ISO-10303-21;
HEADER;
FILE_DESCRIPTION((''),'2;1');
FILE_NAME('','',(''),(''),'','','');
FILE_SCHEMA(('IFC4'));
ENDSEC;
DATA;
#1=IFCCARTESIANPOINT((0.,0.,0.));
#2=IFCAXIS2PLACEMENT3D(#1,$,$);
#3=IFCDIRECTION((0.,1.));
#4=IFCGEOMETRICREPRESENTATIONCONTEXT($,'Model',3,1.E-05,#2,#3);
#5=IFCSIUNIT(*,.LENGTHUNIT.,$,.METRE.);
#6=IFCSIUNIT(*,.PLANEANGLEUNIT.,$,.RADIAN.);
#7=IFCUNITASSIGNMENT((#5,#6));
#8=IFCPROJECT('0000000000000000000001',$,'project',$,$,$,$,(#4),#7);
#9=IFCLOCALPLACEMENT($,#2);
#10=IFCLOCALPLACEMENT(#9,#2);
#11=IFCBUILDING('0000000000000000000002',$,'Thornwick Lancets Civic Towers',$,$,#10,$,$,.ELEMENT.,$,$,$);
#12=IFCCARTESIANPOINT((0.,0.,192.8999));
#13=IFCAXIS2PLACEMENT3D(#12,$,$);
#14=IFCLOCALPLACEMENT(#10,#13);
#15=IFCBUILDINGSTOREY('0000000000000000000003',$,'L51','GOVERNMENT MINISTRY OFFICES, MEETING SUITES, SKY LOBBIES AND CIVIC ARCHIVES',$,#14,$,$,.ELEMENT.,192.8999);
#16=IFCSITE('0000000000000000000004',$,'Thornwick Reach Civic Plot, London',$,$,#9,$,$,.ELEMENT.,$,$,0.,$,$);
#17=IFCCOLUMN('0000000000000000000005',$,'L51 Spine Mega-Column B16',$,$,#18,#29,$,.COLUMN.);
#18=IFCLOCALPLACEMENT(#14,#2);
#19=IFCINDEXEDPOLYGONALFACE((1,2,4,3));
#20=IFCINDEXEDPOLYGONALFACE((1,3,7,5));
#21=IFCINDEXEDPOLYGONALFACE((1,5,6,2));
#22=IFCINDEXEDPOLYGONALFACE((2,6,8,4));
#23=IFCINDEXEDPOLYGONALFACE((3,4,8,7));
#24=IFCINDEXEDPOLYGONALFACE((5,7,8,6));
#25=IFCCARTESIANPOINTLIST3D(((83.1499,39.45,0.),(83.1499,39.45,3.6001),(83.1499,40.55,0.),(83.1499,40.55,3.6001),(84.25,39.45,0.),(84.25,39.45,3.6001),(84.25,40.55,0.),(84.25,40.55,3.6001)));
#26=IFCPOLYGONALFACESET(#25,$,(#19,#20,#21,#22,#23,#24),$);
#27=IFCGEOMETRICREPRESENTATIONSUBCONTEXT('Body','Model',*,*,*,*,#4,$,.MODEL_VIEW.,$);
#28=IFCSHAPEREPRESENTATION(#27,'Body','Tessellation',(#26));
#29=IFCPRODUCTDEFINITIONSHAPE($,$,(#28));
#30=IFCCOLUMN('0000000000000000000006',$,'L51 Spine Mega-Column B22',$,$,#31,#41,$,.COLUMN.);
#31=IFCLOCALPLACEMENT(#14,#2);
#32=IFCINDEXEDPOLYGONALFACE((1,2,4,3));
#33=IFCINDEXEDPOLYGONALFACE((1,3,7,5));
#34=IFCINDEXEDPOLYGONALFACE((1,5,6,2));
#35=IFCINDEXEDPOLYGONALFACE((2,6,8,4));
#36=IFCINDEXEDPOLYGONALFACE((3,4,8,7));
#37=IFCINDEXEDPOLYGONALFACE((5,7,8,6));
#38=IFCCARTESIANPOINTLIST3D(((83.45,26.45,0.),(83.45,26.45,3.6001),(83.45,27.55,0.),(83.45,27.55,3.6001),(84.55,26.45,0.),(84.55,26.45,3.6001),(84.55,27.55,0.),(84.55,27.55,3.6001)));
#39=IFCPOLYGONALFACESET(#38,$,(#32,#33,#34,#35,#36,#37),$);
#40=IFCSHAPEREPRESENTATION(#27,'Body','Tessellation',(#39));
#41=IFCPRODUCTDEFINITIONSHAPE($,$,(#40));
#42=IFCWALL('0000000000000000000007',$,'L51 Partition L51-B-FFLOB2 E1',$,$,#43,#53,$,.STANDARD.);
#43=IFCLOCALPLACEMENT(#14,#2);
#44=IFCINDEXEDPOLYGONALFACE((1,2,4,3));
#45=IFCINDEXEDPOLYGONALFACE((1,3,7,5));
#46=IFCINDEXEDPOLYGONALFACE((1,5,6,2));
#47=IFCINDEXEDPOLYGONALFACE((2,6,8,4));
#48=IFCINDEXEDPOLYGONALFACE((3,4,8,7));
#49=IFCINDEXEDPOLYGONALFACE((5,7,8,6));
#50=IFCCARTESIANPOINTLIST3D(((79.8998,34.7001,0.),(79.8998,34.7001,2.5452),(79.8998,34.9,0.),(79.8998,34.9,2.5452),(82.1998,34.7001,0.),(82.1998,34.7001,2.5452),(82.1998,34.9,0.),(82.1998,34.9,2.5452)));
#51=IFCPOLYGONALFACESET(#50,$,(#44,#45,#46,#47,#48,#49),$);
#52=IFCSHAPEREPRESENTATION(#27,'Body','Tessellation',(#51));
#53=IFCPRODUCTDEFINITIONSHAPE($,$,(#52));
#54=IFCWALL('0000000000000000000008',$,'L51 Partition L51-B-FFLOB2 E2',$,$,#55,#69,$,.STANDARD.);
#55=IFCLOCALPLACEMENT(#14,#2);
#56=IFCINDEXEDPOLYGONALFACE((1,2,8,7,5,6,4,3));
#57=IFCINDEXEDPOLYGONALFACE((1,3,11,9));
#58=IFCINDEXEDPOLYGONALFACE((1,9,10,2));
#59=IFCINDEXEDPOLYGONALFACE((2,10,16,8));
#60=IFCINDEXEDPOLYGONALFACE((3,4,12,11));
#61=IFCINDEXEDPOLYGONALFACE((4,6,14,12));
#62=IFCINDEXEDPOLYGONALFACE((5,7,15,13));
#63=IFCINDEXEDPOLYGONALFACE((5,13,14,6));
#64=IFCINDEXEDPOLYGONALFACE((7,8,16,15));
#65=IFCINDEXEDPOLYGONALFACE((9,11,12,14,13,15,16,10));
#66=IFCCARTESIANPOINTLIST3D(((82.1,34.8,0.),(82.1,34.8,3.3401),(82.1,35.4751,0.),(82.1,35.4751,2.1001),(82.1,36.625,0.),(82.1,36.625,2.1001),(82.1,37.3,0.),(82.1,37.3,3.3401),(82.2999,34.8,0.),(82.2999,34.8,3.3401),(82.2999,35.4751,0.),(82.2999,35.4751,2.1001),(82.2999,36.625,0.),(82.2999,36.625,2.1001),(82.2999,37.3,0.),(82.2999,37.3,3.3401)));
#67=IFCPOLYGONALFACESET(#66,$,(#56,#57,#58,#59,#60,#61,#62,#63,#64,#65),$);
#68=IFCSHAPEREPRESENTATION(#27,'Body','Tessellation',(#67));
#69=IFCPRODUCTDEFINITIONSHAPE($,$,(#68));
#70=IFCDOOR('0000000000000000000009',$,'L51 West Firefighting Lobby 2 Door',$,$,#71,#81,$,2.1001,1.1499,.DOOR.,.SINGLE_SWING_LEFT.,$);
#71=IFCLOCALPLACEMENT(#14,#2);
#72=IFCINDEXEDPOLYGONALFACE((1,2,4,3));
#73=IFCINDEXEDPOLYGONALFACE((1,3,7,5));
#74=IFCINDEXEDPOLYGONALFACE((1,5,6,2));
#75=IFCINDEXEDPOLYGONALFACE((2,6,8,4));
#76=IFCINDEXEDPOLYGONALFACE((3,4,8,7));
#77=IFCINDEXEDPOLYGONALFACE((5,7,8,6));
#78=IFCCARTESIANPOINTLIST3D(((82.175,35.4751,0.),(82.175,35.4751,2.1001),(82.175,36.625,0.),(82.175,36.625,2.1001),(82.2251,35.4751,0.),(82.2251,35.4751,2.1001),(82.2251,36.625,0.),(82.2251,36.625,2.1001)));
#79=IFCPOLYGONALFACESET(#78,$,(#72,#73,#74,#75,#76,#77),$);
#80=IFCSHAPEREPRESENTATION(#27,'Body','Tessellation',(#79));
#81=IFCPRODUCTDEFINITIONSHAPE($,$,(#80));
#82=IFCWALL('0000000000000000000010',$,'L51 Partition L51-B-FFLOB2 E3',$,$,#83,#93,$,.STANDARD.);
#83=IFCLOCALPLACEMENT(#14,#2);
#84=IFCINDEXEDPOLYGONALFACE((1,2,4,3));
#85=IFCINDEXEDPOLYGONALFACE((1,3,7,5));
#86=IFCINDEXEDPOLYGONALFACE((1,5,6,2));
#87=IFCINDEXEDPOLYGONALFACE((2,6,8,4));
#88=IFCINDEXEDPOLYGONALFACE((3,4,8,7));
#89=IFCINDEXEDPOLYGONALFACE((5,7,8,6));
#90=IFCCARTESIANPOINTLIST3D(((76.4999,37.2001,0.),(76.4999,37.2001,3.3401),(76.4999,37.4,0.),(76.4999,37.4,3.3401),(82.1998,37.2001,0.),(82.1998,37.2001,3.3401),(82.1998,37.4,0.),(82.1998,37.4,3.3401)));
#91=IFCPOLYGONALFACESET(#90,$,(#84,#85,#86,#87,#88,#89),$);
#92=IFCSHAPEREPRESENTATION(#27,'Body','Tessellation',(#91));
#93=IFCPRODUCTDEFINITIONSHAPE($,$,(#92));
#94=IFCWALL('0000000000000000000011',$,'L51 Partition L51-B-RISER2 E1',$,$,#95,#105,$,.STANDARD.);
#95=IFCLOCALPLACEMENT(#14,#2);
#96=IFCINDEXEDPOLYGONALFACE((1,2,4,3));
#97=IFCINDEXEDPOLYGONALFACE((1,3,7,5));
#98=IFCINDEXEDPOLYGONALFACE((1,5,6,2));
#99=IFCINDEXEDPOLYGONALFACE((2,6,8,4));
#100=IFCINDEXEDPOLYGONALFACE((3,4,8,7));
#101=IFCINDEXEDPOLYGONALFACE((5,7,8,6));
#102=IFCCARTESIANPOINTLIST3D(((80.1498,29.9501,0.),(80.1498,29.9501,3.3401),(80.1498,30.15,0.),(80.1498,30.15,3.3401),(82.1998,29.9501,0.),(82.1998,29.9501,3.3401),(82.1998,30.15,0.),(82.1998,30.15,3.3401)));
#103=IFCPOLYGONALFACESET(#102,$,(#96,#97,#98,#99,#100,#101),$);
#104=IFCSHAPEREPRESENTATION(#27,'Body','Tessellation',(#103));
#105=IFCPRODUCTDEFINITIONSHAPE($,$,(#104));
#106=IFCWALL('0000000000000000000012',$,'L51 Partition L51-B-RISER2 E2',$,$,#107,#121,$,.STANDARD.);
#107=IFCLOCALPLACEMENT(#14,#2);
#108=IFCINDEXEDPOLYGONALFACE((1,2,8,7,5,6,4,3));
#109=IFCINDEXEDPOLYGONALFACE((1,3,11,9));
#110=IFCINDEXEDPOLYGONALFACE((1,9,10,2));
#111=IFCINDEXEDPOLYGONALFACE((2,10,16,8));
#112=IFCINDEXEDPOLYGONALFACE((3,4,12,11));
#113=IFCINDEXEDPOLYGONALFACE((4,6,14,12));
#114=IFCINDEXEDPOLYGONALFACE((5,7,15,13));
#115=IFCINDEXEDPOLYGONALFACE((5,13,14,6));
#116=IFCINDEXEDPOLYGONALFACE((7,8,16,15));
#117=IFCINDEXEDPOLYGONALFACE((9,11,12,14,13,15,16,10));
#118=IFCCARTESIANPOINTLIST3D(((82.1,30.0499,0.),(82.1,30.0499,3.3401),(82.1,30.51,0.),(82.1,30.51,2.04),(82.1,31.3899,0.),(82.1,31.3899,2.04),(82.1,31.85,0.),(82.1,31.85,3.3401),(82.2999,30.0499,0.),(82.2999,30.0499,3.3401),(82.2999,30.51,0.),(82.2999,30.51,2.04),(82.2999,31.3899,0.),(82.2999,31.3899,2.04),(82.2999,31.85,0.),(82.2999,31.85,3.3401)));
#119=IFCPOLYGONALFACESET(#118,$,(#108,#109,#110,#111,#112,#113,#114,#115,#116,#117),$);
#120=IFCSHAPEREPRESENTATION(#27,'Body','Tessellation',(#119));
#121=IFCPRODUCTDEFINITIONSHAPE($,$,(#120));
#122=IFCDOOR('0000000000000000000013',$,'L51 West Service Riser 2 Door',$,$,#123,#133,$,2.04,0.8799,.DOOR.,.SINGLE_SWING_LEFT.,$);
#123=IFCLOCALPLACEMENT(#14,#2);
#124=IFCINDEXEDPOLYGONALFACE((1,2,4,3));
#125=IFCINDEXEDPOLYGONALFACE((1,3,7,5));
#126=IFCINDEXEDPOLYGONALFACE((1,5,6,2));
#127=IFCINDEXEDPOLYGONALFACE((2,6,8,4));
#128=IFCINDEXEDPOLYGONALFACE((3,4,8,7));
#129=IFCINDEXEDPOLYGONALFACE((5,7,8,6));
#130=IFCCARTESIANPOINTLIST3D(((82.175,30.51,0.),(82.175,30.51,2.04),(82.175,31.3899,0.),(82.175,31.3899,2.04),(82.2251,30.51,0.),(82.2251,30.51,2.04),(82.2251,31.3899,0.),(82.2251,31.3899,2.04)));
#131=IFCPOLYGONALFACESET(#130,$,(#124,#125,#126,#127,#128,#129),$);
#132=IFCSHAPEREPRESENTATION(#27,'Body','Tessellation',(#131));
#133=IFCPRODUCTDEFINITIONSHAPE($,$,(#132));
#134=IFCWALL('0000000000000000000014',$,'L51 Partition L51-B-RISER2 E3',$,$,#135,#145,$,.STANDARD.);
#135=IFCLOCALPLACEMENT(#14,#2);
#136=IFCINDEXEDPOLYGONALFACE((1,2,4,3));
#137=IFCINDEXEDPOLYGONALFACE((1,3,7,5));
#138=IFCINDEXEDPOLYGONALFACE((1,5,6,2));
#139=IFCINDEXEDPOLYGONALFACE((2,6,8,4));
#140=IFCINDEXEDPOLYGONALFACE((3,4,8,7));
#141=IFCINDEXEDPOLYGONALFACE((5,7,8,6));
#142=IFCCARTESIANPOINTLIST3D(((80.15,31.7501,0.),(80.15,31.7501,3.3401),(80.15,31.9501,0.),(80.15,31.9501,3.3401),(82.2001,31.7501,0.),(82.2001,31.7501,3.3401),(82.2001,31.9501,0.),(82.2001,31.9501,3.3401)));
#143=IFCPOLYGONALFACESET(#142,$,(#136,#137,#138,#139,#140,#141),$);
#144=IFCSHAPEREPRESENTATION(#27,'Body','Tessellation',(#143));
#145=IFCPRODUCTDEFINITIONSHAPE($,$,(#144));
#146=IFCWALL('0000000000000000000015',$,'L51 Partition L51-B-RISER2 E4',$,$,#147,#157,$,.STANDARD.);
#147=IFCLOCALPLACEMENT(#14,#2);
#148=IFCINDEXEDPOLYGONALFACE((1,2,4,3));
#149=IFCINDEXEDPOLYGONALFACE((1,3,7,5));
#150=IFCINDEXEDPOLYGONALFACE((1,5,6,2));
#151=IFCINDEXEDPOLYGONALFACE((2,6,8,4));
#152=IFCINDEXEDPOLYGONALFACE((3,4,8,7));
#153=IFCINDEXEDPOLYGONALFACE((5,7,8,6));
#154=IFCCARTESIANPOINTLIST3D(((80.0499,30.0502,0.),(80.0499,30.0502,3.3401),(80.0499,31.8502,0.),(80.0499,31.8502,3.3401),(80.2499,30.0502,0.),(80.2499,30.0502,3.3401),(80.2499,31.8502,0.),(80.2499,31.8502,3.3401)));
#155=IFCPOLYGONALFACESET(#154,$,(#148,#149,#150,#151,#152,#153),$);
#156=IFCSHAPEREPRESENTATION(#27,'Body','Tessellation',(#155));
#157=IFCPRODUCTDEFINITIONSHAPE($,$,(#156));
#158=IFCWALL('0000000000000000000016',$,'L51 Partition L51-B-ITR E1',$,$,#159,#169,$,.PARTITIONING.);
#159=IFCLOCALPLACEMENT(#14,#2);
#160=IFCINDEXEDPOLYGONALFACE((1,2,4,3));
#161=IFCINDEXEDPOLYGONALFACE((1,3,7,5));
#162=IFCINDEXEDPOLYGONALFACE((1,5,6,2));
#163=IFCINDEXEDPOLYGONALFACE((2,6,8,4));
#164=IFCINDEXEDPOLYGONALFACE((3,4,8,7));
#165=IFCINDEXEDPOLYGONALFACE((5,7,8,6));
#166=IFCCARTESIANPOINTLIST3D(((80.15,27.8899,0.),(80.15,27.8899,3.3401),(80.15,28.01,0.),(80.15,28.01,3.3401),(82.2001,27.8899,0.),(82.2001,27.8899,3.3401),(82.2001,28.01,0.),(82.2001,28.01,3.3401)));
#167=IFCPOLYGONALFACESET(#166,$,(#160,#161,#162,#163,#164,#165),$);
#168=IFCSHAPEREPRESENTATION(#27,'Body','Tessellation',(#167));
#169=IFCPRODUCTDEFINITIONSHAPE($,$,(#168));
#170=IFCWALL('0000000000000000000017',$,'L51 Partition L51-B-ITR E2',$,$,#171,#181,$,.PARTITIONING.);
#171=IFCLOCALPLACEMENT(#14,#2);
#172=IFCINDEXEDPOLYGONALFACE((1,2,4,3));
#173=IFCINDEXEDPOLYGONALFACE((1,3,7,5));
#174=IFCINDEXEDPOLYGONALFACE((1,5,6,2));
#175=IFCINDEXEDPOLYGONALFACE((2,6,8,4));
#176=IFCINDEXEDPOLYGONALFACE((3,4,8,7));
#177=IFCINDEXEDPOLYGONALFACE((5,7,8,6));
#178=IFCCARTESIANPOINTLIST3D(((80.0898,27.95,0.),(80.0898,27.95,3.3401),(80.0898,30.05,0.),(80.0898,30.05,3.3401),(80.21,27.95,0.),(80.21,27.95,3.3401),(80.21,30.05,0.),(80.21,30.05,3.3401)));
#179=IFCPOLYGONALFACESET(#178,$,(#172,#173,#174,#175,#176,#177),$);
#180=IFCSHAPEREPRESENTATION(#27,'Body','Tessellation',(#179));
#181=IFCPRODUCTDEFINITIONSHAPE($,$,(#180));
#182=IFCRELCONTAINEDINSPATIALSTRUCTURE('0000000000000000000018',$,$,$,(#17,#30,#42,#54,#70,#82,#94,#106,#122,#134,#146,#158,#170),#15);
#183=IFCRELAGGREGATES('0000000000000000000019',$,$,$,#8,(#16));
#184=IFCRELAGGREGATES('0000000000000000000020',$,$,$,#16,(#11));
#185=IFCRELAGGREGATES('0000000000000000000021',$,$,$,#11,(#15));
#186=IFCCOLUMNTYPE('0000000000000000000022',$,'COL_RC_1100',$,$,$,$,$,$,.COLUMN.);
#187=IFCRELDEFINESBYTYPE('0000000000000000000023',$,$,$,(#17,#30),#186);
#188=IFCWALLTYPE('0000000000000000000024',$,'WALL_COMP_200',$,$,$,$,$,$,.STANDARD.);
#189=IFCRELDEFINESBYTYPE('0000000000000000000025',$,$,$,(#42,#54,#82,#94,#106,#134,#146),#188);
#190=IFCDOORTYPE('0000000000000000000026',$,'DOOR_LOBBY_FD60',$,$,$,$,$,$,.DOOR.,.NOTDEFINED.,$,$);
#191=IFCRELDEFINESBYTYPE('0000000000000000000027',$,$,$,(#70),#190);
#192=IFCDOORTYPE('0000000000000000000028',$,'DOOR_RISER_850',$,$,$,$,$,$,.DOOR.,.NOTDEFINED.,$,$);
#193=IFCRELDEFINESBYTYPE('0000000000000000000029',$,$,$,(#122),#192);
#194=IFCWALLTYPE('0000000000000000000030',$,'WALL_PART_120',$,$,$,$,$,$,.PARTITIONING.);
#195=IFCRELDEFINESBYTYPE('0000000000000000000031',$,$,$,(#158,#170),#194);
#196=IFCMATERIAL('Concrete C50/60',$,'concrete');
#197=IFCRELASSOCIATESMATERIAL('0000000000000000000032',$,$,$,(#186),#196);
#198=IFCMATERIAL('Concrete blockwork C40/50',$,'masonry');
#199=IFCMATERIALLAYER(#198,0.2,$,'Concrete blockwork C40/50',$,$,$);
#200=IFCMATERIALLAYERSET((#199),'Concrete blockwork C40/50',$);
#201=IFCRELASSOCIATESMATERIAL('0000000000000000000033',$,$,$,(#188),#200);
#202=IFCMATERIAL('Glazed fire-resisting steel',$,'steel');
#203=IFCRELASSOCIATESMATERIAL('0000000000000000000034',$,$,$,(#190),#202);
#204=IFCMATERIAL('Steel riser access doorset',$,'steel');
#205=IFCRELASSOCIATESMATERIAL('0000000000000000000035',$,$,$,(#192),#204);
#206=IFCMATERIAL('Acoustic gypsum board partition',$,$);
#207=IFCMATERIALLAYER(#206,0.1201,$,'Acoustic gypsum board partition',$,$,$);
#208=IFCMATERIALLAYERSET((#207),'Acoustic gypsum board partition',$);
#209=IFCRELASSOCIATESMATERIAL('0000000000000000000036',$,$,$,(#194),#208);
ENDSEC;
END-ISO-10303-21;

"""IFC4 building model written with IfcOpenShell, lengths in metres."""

from ifc_helpers import new_model, si_unit, direction, frame, frame_2d, origin, origin_2d, place, context, subcontext, project, spatial, rectangle, extrude, material, layer, layer_set, material_profile, profile_set, type_object, element, fill, save


model = new_model("IFC4")

# Units and contexts
model_context = context("Model", 3, precision=1e-05, world=origin(), true_north=direction((0.0, 1.0)))
body_context = subcontext(model_context, "Body", "Model", "MODEL_VIEW")
ifc_project = project(units=[si_unit("LENGTHUNIT", "METRE"), si_unit("PLANEANGLEUNIT", "RADIAN")], contexts=[model_context])

# Site, building, storey
site_placement = place(None, origin())
site = spatial("IfcSite", under=ifc_project, at=site_placement, Name="Thornwick Reach Civic Plot, London", CompositionType="ELEMENT", RefElevation=0.0)
building_placement = place(site_placement, origin())
building = spatial("IfcBuilding", under=site, at=building_placement, Name="Thornwick Lancets Civic Towers", CompositionType="ELEMENT")
storey_placement = place(building_placement, frame((0.0, 0.0, 192.8999)))
storey = spatial("IfcBuildingStorey", under=building, at=storey_placement, Name="L51", Description="GOVERNMENT MINISTRY OFFICES, MEETING SUITES, SKY LOBBIES AND CIVIC ARCHIVES", CompositionType="ELEMENT", Elevation=192.8999)

# Columns
ifc_material_1 = material(Name="Concrete C50/60", Category="concrete")
ifc_material_profile = material_profile(ifc_material_1, rectangle(XDim=1.1001, YDim=1.1001, at=origin_2d()), Name="RC 1100x1100")
ifc_profile_set = profile_set([ifc_material_profile], Name="Concrete C50/60")
column_type = type_object("IfcColumnType", Name="COL_RC_1100", PredefinedType="COLUMN", material=ifc_profile_set)
for number, where, z_axis, x_axis, name in (
    (1, (83.7, 40.0, 0.0), (0.0, 0.0, 1.0), (1.0, 0.0, 0.0), "L51 Spine Mega-Column B16"),
    (2, (84.0, 27.0, 0.0), (0.0, 0.0, 1.0), (1.0, 0.0, 0.0), "L51 Spine Mega-Column B22"),
):
    element("IfcColumn", number, at=place(storey_placement, frame(where, z_axis=z_axis, x_axis=x_axis)), inside=storey, type_object=column_type, Name=name, PredefinedType="COLUMN", context=body_context, shape_type="SweptSolid", body=[
        extrude(rectangle(XDim=1.1001, YDim=1.1001, at=origin_2d()), origin(), (0.0, 0.0, 1.0), 3.6001),
    ])

# Wall
ifc_material_2 = material(Name="Concrete blockwork C40/50", Category="masonry")
ifc_layer_1 = layer(ifc_material_2, 0.2, Name="Concrete blockwork C40/50")
ifc_layer_set_1 = layer_set([ifc_layer_1], Name="Concrete blockwork C40/50")
wall_type_1 = type_object("IfcWallType", Name="WALL_COMP_200", PredefinedType="STANDARD", material=ifc_layer_set_1)
wall_1_placement = place(storey_placement, frame((79.8999, 34.8, 0.0), z_axis=(0.0, 0.0, 1.0), x_axis=(1.0, 0.0, 0.0)))
element("IfcWall", 3, at=wall_1_placement, inside=storey, type_object=wall_type_1, Name="L51 Partition L51-B-FFLOB2 E1", PredefinedType="STANDARD", context=body_context, shape_type="SweptSolid", body=[
    extrude(rectangle(XDim=2.3, YDim=0.2, at=frame_2d((1.1499, 0.0))), origin(), (0.0, 0.0, 1.0), 2.5452),
])

# Wall, opening, door
wall_2_placement = place(storey_placement, frame((82.2, 34.8, 0.0), z_axis=(0.0, 0.0, 1.0), x_axis=(0.0, 1.0, 0.0)))
wall_2 = element("IfcWall", 4, at=wall_2_placement, inside=storey, type_object=wall_type_1, Name="L51 Partition L51-B-FFLOB2 E2", PredefinedType="STANDARD", context=body_context, shape_type="SweptSolid", body=[
    extrude(rectangle(XDim=2.5, YDim=0.2, at=frame_2d((1.25, 0.0))), origin(), (0.0, 0.0, 1.0), 3.3401),
])
opening_1_placement = place(wall_2_placement, frame((0.675, 0.0, 0.0)))
opening_1 = element("IfcOpeningElement", 5, at=opening_1_placement, cuts=wall_2, PredefinedType="OPENING", context=body_context, shape_type="SweptSolid", body=[
    extrude(rectangle(XDim=1.1499, YDim=2.1001, at=frame_2d((0.575, 1.05))), frame((0.0, 0.1099, 0.0), z_axis=(0.0, -1.0, 0.0), x_axis=(1.0, 0.0, 0.0)), (0.0, 0.0, 1.0), 0.22),
])
ifc_material_3 = material(Name="Glazed fire-resisting steel", Category="steel")
door_type_1 = type_object("IfcDoorType", Name="DOOR_LOBBY_FD60", OperationType="NOTDEFINED", PredefinedType="DOOR", material=ifc_material_3)
door_1_placement = place(opening_1_placement, origin())
door_1 = element("IfcDoor", 6, at=door_1_placement, inside=storey, type_object=door_type_1, Name="L51 West Firefighting Lobby 2 Door", OperationType="SINGLE_SWING_LEFT", OverallHeight=2.1001, OverallWidth=1.1499, PredefinedType="DOOR", context=body_context, shape_type="SweptSolid", body=[
    extrude(rectangle(XDim=1.1499, YDim=2.1001, at=frame_2d((0.575, 1.05))), frame((0.0, 0.0249, 0.0), z_axis=(0.0, -1.0, 0.0), x_axis=(1.0, 0.0, 0.0)), (0.0, 0.0, 1.0), 0.05),
])
fill(opening_1, door_1)

# Walls
wall_3_placement = place(storey_placement, frame((82.2, 37.3, 0.0), z_axis=(0.0, 0.0, 1.0), x_axis=(-1.0, 0.0, 0.0)))
element("IfcWall", 7, at=wall_3_placement, inside=storey, type_object=wall_type_1, Name="L51 Partition L51-B-FFLOB2 E3", PredefinedType="STANDARD", context=body_context, shape_type="SweptSolid", body=[
    extrude(rectangle(XDim=5.7, YDim=0.2, at=frame_2d((2.8501, 0.0))), origin(), (0.0, 0.0, 1.0), 3.3401),
])
wall_4_placement = place(storey_placement, frame((80.1499, 30.05, 0.0), z_axis=(0.0, 0.0, 1.0), x_axis=(1.0, 0.0, 0.0)))
element("IfcWall", 8, at=wall_4_placement, inside=storey, type_object=wall_type_1, Name="L51 Partition L51-B-RISER2 E1", PredefinedType="STANDARD", context=body_context, shape_type="SweptSolid", body=[
    extrude(rectangle(XDim=2.05, YDim=0.2, at=frame_2d((1.0249, 0.0))), origin(), (0.0, 0.0, 1.0), 3.3401),
])

# Wall, opening, door
wall_5_placement = place(storey_placement, frame((82.2, 30.05, 0.0), z_axis=(0.0, 0.0, 1.0), x_axis=(0.0, 1.0, 0.0)))
wall_5 = element("IfcWall", 9, at=wall_5_placement, inside=storey, type_object=wall_type_1, Name="L51 Partition L51-B-RISER2 E2", PredefinedType="STANDARD", context=body_context, shape_type="SweptSolid", body=[
    extrude(rectangle(XDim=1.8, YDim=0.2, at=frame_2d((0.8999, 0.0))), origin(), (0.0, 0.0, 1.0), 3.3401),
])
opening_2_placement = place(wall_5_placement, frame((0.46, 0.0, 0.0)))
opening_2 = element("IfcOpeningElement", 10, at=opening_2_placement, cuts=wall_5, PredefinedType="OPENING", context=body_context, shape_type="SweptSolid", body=[
    extrude(rectangle(XDim=0.8799, YDim=2.04, at=frame_2d((0.4399, 1.02))), frame((0.0, 0.1099, 0.0), z_axis=(0.0, -1.0, 0.0), x_axis=(1.0, 0.0, 0.0)), (0.0, 0.0, 1.0), 0.22),
])
ifc_material_4 = material(Name="Steel riser access doorset", Category="steel")
door_type_2 = type_object("IfcDoorType", Name="DOOR_RISER_850", OperationType="NOTDEFINED", PredefinedType="DOOR", material=ifc_material_4)
door_2_placement = place(opening_2_placement, origin())
door_2 = element("IfcDoor", 11, at=door_2_placement, inside=storey, type_object=door_type_2, Name="L51 West Service Riser 2 Door", OperationType="SINGLE_SWING_LEFT", OverallHeight=2.04, OverallWidth=0.8799, PredefinedType="DOOR", context=body_context, shape_type="SweptSolid", body=[
    extrude(rectangle(XDim=0.8799, YDim=2.04, at=frame_2d((0.4399, 1.02))), frame((0.0, 0.0249, 0.0), z_axis=(0.0, -1.0, 0.0), x_axis=(1.0, 0.0, 0.0)), (0.0, 0.0, 1.0), 0.05),
])
fill(opening_2, door_2)

# Walls
wall_6_placement = place(storey_placement, frame((82.2, 31.8501, 0.0), z_axis=(0.0, 0.0, 1.0), x_axis=(-1.0, 0.0, 0.0)))
element("IfcWall", 12, at=wall_6_placement, inside=storey, type_object=wall_type_1, Name="L51 Partition L51-B-RISER2 E3", PredefinedType="STANDARD", context=body_context, shape_type="SweptSolid", body=[
    extrude(rectangle(XDim=2.05, YDim=0.2, at=frame_2d((1.0249, 0.0))), origin(), (0.0, 0.0, 1.0), 3.3401),
])
wall_7_placement = place(storey_placement, frame((80.1499, 31.8501, 0.0), z_axis=(0.0, 0.0, 1.0), x_axis=(0.0, -1.0, 0.0)))
element("IfcWall", 13, at=wall_7_placement, inside=storey, type_object=wall_type_1, Name="L51 Partition L51-B-RISER2 E4", PredefinedType="STANDARD", context=body_context, shape_type="SweptSolid", body=[
    extrude(rectangle(XDim=1.8, YDim=0.2, at=frame_2d((0.8999, 0.0))), origin(), (0.0, 0.0, 1.0), 3.3401),
])
ifc_material_5 = material(Name="Acoustic gypsum board partition")
ifc_layer_2 = layer(ifc_material_5, 0.1201, Name="Acoustic gypsum board partition")
ifc_layer_set_2 = layer_set([ifc_layer_2], Name="Acoustic gypsum board partition")
wall_type_2 = type_object("IfcWallType", Name="WALL_PART_120", PredefinedType="PARTITIONING", material=ifc_layer_set_2)
wall_8_placement = place(storey_placement, frame((82.2, 27.95, 0.0), z_axis=(0.0, 0.0, 1.0), x_axis=(-1.0, 0.0, 0.0)))
element("IfcWall", 14, at=wall_8_placement, inside=storey, type_object=wall_type_2, Name="L51 Partition L51-B-ITR E1", PredefinedType="PARTITIONING", context=body_context, shape_type="SweptSolid", body=[
    extrude(rectangle(XDim=2.05, YDim=0.1201, at=frame_2d((1.0249, 0.0))), origin(), (0.0, 0.0, 1.0), 3.3401),
])
wall_9_placement = place(storey_placement, frame((80.1499, 27.95, 0.0), z_axis=(0.0, 0.0, 1.0), x_axis=(0.0, 1.0, 0.0)))
element("IfcWall", 15, at=wall_9_placement, inside=storey, type_object=wall_type_2, Name="L51 Partition L51-B-ITR E2", PredefinedType="PARTITIONING", context=body_context, shape_type="SweptSolid", body=[
    extrude(rectangle(XDim=2.1001, YDim=0.1201, at=frame_2d((1.05, 0.0))), origin(), (0.0, 0.0, 1.0), 3.3401),
])

save(model, "model.ifc")
